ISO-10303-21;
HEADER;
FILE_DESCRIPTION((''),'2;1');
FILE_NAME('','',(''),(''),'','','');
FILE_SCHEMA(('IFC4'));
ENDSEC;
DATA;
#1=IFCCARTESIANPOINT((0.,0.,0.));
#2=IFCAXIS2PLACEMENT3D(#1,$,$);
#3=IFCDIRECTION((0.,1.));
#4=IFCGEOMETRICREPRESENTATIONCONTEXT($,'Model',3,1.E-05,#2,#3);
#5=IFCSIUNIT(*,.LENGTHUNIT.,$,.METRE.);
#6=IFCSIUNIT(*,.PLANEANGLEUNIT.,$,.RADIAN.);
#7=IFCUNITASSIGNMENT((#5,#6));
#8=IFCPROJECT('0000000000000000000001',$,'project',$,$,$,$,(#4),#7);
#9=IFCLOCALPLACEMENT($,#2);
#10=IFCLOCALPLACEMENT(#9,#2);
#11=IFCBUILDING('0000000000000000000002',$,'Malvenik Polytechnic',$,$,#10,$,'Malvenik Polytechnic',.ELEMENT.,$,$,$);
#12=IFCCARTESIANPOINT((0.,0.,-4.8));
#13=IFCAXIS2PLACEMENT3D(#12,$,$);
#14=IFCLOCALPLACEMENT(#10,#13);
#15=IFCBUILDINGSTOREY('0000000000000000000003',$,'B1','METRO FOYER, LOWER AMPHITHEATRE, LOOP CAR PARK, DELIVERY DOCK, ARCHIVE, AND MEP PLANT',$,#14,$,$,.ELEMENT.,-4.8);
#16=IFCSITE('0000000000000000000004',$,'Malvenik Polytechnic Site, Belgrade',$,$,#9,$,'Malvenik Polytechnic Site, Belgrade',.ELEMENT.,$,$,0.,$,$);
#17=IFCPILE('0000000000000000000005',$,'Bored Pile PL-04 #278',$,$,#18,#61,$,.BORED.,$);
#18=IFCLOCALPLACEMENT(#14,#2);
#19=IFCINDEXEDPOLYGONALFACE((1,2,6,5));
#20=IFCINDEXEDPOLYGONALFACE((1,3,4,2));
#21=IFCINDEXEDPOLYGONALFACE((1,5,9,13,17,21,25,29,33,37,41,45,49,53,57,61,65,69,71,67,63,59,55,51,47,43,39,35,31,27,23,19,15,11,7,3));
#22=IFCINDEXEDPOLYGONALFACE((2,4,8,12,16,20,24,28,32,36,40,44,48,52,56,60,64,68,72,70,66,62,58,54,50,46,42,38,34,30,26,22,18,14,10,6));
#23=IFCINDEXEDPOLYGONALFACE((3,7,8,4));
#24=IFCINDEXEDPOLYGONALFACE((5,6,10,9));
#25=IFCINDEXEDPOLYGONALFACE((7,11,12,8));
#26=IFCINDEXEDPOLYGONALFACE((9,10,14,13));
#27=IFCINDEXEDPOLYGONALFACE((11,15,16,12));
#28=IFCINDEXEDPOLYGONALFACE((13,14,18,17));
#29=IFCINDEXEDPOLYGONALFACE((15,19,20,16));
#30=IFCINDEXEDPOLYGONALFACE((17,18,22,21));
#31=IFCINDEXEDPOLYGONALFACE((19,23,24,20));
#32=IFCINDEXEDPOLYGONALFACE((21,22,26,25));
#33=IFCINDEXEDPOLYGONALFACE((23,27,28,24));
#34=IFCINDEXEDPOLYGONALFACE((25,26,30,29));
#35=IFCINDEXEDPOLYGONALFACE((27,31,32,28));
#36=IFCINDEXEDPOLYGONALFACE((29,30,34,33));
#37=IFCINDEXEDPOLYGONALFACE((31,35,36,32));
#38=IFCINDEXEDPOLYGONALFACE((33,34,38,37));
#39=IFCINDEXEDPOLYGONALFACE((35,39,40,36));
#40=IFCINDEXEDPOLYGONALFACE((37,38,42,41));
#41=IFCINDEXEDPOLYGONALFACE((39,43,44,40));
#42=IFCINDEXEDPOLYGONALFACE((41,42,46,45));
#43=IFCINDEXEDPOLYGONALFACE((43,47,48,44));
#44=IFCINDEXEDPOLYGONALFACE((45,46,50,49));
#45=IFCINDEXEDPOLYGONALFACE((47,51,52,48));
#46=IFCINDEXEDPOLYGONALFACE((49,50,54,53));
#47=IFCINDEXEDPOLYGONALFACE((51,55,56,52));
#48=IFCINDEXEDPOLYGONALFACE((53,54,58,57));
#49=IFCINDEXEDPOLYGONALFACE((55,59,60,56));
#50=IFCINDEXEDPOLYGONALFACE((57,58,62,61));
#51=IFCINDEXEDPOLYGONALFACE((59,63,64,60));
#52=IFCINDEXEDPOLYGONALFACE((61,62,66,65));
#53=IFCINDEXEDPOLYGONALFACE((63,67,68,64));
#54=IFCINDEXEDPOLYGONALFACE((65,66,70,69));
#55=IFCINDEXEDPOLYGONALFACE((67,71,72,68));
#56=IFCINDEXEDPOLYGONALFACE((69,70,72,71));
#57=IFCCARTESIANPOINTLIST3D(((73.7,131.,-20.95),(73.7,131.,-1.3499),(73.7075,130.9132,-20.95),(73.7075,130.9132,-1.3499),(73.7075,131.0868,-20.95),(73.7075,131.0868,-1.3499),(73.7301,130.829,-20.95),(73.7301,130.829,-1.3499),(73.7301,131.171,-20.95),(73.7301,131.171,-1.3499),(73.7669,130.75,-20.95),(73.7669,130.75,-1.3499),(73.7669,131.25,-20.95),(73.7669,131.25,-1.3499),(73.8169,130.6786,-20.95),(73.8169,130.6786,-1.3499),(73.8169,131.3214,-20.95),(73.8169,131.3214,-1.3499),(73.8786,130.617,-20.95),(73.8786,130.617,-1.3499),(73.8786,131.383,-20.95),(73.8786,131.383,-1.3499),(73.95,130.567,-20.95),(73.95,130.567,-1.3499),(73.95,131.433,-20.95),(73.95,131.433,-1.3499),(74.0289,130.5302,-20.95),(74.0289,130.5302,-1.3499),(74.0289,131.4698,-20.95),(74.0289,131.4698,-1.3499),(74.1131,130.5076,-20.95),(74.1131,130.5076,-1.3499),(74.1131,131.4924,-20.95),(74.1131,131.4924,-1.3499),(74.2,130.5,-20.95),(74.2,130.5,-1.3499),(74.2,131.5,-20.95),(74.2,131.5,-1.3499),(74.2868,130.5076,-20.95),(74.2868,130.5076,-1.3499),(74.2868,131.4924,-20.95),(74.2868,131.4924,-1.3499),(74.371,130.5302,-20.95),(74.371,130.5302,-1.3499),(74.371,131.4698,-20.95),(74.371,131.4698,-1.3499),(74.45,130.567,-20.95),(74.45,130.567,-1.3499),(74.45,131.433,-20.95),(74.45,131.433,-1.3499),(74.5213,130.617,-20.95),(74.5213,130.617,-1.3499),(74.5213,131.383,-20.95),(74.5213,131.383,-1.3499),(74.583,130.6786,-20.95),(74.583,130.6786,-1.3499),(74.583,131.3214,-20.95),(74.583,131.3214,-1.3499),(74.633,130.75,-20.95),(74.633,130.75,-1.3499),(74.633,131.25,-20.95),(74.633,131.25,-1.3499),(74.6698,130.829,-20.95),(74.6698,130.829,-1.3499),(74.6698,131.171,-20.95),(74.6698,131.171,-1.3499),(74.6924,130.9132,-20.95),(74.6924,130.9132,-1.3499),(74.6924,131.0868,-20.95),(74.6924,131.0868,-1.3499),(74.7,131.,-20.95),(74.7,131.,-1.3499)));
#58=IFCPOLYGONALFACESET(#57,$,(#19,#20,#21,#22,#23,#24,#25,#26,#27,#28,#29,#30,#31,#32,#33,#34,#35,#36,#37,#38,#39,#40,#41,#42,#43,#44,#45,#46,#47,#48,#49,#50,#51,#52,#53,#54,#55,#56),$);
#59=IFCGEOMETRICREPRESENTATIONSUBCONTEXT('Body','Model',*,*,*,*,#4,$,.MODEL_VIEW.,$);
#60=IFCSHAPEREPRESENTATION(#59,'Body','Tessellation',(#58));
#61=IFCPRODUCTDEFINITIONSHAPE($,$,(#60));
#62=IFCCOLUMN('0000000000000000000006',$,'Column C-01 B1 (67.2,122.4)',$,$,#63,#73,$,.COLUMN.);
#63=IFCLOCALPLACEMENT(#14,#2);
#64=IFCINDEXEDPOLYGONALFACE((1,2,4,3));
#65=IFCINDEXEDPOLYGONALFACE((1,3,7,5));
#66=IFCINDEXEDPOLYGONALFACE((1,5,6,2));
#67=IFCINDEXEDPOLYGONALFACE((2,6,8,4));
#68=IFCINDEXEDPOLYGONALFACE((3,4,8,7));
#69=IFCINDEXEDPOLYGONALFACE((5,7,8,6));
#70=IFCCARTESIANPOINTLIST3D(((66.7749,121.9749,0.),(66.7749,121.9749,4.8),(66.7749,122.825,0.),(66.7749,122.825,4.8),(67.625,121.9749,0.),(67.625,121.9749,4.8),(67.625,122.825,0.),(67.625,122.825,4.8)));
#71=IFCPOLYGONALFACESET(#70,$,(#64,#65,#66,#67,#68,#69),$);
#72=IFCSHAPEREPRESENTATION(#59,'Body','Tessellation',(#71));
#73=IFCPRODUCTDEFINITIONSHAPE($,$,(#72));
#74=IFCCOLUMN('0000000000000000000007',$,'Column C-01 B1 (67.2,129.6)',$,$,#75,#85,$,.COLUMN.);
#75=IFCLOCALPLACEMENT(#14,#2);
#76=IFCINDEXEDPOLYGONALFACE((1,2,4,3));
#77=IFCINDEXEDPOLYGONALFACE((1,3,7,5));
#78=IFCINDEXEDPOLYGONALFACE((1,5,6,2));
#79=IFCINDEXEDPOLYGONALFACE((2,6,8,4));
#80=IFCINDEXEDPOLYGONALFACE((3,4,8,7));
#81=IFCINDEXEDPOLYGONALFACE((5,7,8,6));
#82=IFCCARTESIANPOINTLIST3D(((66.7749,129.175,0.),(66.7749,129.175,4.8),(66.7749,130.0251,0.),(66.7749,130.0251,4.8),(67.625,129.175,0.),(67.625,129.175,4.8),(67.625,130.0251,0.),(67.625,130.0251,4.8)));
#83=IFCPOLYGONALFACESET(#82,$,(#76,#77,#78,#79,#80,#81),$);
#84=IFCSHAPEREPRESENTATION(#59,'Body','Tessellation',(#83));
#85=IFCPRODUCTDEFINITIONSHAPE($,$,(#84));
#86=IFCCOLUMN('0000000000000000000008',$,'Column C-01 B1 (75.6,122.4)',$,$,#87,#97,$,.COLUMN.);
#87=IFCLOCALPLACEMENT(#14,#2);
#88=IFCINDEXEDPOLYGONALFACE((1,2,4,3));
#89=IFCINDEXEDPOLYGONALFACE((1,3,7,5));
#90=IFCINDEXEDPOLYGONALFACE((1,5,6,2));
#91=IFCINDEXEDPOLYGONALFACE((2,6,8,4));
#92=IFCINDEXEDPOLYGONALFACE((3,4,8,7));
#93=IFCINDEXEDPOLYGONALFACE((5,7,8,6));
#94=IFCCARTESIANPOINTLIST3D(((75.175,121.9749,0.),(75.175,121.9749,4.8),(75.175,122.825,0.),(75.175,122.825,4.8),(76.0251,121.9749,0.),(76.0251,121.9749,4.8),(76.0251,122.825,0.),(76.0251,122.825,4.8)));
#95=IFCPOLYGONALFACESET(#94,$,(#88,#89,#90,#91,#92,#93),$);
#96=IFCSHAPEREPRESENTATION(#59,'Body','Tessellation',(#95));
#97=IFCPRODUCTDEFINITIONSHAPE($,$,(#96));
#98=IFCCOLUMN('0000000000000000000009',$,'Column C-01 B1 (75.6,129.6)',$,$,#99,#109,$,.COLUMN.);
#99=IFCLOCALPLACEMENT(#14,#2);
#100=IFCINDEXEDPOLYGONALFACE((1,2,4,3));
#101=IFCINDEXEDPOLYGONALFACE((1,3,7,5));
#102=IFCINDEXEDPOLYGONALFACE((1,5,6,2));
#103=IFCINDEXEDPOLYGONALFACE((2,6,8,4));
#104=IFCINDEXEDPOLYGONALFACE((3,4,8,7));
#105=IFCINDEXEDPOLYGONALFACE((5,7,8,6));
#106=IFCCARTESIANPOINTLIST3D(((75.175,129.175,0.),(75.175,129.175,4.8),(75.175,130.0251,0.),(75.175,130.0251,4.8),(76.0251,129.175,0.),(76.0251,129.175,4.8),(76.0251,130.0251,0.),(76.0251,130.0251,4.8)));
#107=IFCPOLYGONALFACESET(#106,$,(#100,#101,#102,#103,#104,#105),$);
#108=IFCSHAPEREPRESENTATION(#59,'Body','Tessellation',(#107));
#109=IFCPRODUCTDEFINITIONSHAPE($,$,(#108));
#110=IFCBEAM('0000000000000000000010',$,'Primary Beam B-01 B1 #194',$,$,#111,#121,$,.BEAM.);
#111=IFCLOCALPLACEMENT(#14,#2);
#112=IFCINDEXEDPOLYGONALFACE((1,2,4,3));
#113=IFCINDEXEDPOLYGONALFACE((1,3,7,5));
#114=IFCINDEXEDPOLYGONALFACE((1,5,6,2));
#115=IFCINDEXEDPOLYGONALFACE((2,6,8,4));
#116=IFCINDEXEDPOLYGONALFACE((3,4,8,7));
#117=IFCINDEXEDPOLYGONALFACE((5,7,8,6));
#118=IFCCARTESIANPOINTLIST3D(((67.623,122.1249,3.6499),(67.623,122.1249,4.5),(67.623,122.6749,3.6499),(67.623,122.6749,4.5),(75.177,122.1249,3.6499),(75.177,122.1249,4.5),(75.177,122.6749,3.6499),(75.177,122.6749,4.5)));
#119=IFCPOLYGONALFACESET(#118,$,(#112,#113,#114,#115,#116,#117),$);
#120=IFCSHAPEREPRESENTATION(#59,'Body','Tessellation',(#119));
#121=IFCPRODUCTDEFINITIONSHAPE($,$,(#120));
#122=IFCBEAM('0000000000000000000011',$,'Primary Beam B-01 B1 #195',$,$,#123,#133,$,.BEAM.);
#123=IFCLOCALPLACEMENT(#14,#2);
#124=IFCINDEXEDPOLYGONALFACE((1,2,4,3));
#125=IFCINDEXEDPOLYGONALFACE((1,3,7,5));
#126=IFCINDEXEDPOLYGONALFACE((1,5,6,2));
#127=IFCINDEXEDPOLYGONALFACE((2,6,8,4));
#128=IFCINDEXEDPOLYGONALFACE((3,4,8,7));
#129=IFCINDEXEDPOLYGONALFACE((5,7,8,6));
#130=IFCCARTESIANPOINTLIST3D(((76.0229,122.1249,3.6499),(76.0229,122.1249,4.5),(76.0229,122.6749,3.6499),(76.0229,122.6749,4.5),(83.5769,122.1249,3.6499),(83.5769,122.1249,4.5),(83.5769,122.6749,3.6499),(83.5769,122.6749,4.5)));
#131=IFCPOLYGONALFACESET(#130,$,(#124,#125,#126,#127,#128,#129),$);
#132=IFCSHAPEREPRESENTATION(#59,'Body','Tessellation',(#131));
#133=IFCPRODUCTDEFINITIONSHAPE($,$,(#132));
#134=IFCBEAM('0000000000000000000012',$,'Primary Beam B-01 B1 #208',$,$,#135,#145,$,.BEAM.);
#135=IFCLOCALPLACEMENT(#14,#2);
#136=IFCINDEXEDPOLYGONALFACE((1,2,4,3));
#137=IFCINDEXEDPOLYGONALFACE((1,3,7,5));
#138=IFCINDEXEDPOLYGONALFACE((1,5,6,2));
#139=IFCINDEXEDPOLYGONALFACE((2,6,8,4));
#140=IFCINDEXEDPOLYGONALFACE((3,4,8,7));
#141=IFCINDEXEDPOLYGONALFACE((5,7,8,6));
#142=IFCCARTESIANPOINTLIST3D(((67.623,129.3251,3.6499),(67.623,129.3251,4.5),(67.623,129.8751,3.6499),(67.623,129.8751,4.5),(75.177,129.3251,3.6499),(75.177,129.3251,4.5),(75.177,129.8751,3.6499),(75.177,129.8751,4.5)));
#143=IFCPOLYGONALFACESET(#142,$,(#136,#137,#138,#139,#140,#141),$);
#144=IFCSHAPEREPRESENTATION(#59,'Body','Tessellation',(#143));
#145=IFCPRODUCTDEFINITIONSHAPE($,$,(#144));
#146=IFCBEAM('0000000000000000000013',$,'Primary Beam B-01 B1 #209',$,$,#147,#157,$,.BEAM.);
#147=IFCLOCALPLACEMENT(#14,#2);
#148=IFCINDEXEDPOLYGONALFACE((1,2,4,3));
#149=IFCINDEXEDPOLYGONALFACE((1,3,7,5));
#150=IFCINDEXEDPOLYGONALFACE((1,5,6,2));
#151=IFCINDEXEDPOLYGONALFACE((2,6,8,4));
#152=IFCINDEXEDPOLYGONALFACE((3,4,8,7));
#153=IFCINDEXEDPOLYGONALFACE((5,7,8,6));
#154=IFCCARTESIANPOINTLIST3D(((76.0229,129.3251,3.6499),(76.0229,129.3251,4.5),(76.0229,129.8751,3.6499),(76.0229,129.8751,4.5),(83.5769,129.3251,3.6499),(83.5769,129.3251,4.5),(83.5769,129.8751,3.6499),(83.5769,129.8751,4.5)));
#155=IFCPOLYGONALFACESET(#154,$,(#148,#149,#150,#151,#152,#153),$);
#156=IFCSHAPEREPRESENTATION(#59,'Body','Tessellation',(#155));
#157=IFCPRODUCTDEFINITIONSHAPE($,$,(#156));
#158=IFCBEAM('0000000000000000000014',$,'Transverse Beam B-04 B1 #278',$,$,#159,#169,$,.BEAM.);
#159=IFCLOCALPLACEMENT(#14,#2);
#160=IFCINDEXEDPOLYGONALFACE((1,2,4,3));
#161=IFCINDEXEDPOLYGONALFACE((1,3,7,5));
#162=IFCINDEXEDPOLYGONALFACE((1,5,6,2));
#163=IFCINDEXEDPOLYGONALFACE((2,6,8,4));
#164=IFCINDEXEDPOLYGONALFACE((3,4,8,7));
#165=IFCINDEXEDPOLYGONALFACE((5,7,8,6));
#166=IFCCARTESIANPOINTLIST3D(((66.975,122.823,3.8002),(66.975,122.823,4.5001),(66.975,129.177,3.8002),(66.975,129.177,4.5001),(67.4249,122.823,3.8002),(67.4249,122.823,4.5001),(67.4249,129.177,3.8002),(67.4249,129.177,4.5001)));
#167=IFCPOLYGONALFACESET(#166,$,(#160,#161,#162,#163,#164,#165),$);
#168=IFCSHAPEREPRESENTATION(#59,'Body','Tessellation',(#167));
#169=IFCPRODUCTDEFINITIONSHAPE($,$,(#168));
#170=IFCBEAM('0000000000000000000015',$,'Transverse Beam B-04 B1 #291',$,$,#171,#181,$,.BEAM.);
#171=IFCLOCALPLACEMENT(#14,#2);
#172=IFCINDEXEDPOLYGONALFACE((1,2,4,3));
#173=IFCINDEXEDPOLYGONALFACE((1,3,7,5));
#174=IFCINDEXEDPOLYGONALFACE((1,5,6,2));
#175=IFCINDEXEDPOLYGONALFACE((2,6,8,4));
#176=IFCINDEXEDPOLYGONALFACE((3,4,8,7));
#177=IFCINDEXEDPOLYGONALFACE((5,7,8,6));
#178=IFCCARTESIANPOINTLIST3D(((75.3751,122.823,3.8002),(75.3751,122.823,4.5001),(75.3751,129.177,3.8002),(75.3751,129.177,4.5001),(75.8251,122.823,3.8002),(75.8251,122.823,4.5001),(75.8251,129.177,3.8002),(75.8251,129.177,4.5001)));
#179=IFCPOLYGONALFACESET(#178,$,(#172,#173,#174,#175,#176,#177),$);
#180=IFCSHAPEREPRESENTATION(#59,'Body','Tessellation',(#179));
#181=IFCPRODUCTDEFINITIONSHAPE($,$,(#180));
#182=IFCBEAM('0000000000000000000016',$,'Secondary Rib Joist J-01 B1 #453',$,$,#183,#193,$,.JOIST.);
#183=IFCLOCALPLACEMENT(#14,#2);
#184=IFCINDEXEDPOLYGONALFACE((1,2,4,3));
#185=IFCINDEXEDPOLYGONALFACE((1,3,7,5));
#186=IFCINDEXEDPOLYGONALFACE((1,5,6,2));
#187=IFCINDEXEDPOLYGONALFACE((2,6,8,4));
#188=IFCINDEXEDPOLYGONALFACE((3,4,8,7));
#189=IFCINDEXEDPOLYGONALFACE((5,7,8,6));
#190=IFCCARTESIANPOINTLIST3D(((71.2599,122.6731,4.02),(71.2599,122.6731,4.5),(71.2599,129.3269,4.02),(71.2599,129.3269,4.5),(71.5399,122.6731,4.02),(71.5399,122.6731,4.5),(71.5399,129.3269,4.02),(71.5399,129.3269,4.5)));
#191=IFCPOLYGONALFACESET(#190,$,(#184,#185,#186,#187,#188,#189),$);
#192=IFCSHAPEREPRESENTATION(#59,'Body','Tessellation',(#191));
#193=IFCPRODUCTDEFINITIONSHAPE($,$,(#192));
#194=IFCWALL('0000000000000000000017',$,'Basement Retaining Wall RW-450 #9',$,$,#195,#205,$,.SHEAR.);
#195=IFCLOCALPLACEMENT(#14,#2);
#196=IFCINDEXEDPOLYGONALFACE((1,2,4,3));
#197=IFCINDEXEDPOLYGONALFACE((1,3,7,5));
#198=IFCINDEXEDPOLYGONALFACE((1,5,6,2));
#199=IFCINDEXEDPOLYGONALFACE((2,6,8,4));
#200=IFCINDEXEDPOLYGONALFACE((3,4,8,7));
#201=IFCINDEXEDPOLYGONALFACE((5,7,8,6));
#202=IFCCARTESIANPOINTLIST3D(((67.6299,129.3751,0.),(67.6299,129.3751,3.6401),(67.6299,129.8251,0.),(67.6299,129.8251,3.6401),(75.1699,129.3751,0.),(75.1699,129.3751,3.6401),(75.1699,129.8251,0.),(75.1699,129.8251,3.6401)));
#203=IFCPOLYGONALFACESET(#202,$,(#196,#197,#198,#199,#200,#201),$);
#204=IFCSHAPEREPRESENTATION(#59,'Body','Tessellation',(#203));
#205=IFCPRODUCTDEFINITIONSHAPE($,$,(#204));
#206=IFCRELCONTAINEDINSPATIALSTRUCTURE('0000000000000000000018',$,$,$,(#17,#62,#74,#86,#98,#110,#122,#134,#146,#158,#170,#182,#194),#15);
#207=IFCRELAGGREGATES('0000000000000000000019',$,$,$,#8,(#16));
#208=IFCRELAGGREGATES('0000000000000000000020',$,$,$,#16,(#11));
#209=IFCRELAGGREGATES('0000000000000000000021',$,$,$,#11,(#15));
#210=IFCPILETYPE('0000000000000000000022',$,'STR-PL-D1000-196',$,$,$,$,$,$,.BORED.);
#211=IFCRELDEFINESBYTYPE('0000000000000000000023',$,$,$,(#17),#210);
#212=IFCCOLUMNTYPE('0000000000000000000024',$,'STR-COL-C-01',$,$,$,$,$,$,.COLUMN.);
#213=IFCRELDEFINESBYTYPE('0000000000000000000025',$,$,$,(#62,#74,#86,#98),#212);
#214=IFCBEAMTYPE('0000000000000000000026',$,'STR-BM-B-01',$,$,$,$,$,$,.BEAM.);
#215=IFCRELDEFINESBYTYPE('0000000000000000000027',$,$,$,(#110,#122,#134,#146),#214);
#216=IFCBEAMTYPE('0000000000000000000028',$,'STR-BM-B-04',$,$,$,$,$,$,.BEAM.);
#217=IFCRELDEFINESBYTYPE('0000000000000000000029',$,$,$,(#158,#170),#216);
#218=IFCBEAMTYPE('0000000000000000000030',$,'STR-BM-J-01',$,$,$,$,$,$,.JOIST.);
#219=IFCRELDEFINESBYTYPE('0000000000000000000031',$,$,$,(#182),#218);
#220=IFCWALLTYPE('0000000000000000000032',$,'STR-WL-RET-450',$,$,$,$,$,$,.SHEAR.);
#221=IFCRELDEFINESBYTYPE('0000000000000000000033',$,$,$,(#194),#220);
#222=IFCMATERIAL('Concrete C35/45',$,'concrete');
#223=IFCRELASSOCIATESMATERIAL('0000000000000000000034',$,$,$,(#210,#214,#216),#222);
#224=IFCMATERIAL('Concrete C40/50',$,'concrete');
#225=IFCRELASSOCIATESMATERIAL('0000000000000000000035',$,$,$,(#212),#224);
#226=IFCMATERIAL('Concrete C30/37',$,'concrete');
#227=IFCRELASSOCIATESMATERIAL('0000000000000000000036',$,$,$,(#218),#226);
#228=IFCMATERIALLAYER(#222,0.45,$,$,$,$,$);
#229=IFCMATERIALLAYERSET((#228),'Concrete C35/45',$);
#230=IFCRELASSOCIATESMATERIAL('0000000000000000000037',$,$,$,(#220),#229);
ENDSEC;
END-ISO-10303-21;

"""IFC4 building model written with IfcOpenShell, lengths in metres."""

from ifc_helpers import new_model, si_unit, direction, frame, frame_2d, origin, origin_2d, place, context, subcontext, project, spatial, rectangle, circle, extrude, material, layer, layer_set, material_profile, profile_set, type_object, element, save


model = new_model("IFC4")

# Units and contexts
model_context = context("Model", 3, precision=1e-05, world=origin(), true_north=direction((0.0, 1.0)))
body_context = subcontext(model_context, "Body", "Model", "MODEL_VIEW")
ifc_project = project(units=[si_unit("LENGTHUNIT", "METRE"), si_unit("PLANEANGLEUNIT", "RADIAN")], contexts=[model_context])

# Site, building, storey
site_placement = place(None, origin())
site = spatial("IfcSite", under=ifc_project, at=site_placement, Name="Malvenik Polytechnic Site, Belgrade", LongName="Malvenik Polytechnic Site, Belgrade", CompositionType="ELEMENT", RefElevation=0.0)
building_placement = place(site_placement, origin())
building = spatial("IfcBuilding", under=site, at=building_placement, Name="Malvenik Polytechnic", LongName="Malvenik Polytechnic", CompositionType="ELEMENT")
storey_placement = place(building_placement, frame((0.0, 0.0, -4.8)))
storey = spatial("IfcBuildingStorey", under=building, at=storey_placement, Name="B1", Description="METRO FOYER, LOWER AMPHITHEATRE, LOOP CAR PARK, DELIVERY DOCK, ARCHIVE, AND MEP PLANT", CompositionType="ELEMENT", Elevation=-4.8)

# Shared definitions
ifc_material_1 = material(Name="Concrete C35/45", Category="concrete")

# Pile
ifc_material_profile_1 = material_profile(ifc_material_1, circle(Radius=0.5, at=origin_2d()), Name="BORED PILE D1000")
ifc_profile_set_1 = profile_set([ifc_material_profile_1], Name="Concrete C35/45")
pile_type = type_object("IfcPileType", Name="STR-PL-D1000-196", PredefinedType="BORED", material=ifc_profile_set_1)
for number, where, z_axis, x_axis, name in (
    (1, (74.2, 131.0, -1.3499), (0.0, 0.0, -1.0), (1.0, 0.0, 0.0), "Bored Pile PL-04 #278"),
):
    element("IfcPile", number, at=place(storey_placement, frame(where, z_axis=z_axis, x_axis=x_axis)), inside=storey, type_object=pile_type, Name=name, PredefinedType="BORED", context=body_context, shape_type="SweptSolid", body=[
        extrude(circle(Radius=0.5, at=origin_2d()), origin(), (0.0, 0.0, 1.0), 19.6001),
    ])

# Columns
ifc_material_2 = material(Name="Concrete C40/50", Category="concrete")
ifc_material_profile_2 = material_profile(ifc_material_2, rectangle(XDim=0.8501, YDim=0.8501, at=origin_2d()), Name="RC COL 850x850")
ifc_profile_set_2 = profile_set([ifc_material_profile_2], Name="Concrete C40/50")
column_type = type_object("IfcColumnType", Name="STR-COL-C-01", PredefinedType="COLUMN", material=ifc_profile_set_2)
for number, where, z_axis, x_axis, name in (
    (2, (67.2, 122.3999, 0.0), (0.0, 0.0, 1.0), (1.0, 0.0, 0.0), "Column C-01 B1 (67.2,122.4)"),
    (3, (67.2, 129.6001, 0.0), (0.0, 0.0, 1.0), (1.0, 0.0, 0.0), "Column C-01 B1 (67.2,129.6)"),
    (4, (75.6001, 122.3999, 0.0), (0.0, 0.0, 1.0), (1.0, 0.0, 0.0), "Column C-01 B1 (75.6,122.4)"),
    (5, (75.6001, 129.6001, 0.0), (0.0, 0.0, 1.0), (1.0, 0.0, 0.0), "Column C-01 B1 (75.6,129.6)"),
):
    element("IfcColumn", number, at=place(storey_placement, frame(where, z_axis=z_axis, x_axis=x_axis)), inside=storey, type_object=column_type, Name=name, PredefinedType="COLUMN", context=body_context, shape_type="SweptSolid", body=[
        extrude(rectangle(XDim=0.8501, YDim=0.8501, at=origin_2d()), origin(), (0.0, 0.0, 1.0), 4.8),
    ])

# Beams
ifc_material_profile_3 = material_profile(ifc_material_1, rectangle(XDim=0.55, YDim=0.8501, at=origin_2d()), Name="RC BM 550x850")
ifc_profile_set_3 = profile_set([ifc_material_profile_3], Name="Concrete C35/45")
beam_type_1 = type_object("IfcBeamType", Name="STR-BM-B-01", PredefinedType="BEAM", material=ifc_profile_set_3)
for number, where, z_axis, x_axis, name in (
    (6, (67.623, 122.3999, 4.075), (1.0, 0.0, 0.0), (0.0, 1.0, 0.0), "Primary Beam B-01 B1 #194"),
    (7, (76.0229, 122.3999, 4.075), (1.0, 0.0, 0.0), (0.0, 1.0, 0.0), "Primary Beam B-01 B1 #195"),
    (8, (67.623, 129.6001, 4.075), (1.0, 0.0, 0.0), (0.0, 1.0, 0.0), "Primary Beam B-01 B1 #208"),
    (9, (76.0229, 129.6001, 4.075), (1.0, 0.0, 0.0), (0.0, 1.0, 0.0), "Primary Beam B-01 B1 #209"),
):
    element("IfcBeam", number, at=place(storey_placement, frame(where, z_axis=z_axis, x_axis=x_axis)), inside=storey, type_object=beam_type_1, Name=name, PredefinedType="BEAM", context=body_context, shape_type="SweptSolid", body=[
        extrude(rectangle(XDim=0.55, YDim=0.8501, at=origin_2d()), origin(), (0.0, 0.0, 1.0), 7.554),
    ])
ifc_material_profile_4 = material_profile(ifc_material_1, rectangle(XDim=0.45, YDim=0.7, at=origin_2d()), Name="RC BM 450x700")
ifc_profile_set_4 = profile_set([ifc_material_profile_4], Name="Concrete C35/45")
beam_type_2 = type_object("IfcBeamType", Name="STR-BM-B-04", PredefinedType="BEAM", material=ifc_profile_set_4)
for number, where, z_axis, x_axis, name in (
    (10, (67.2, 122.823, 4.1501), (0.0, 1.0, 0.0), (-1.0, 0.0, 0.0), "Transverse Beam B-04 B1 #278"),
    (11, (75.6001, 122.823, 4.1501), (0.0, 1.0, 0.0), (-1.0, 0.0, 0.0), "Transverse Beam B-04 B1 #291"),
):
    element("IfcBeam", number, at=place(storey_placement, frame(where, z_axis=z_axis, x_axis=x_axis)), inside=storey, type_object=beam_type_2, Name=name, PredefinedType="BEAM", context=body_context, shape_type="SweptSolid", body=[
        extrude(rectangle(XDim=0.45, YDim=0.7, at=origin_2d()), origin(), (0.0, 0.0, 1.0), 6.354),
    ])
ifc_material_3 = material(Name="Concrete C30/37", Category="concrete")
ifc_material_profile_5 = material_profile(ifc_material_3, rectangle(XDim=0.28, YDim=0.48, at=origin_2d()), Name="RC JST 280x480")
ifc_profile_set_5 = profile_set([ifc_material_profile_5], Name="Concrete C30/37")
beam_type_3 = type_object("IfcBeamType", Name="STR-BM-J-01", PredefinedType="JOIST", material=ifc_profile_set_5)
beam_placement = place(storey_placement, frame((71.3999, 122.6731, 4.26), z_axis=(0.0, 1.0, 0.0), x_axis=(-1.0, 0.0, 0.0)))
element("IfcBeam", 12, at=beam_placement, inside=storey, type_object=beam_type_3, Name="Secondary Rib Joist J-01 B1 #453", PredefinedType="JOIST", context=body_context, shape_type="SweptSolid", body=[
    extrude(rectangle(XDim=0.28, YDim=0.48, at=origin_2d()), origin(), (0.0, 0.0, 1.0), 6.6538),
])

# Wall
ifc_layer = layer(ifc_material_1, 0.45)
ifc_layer_set = layer_set([ifc_layer], Name="Concrete C35/45")
wall_type = type_object("IfcWallType", Name="STR-WL-RET-450", PredefinedType="SHEAR", material=ifc_layer_set)
wall_placement = place(storey_placement, frame((67.6299, 129.6001, 0.0), z_axis=(0.0, 0.0, 1.0), x_axis=(1.0, 0.0, 0.0)))
element("IfcWall", 13, at=wall_placement, inside=storey, type_object=wall_type, Name="Basement Retaining Wall RW-450 #9", PredefinedType="SHEAR", context=body_context, shape_type="SweptSolid", body=[
    extrude(rectangle(XDim=7.54, YDim=0.45, at=frame_2d((3.77, 0.0))), origin(), (0.0, 0.0, 1.0), 3.6401),
])

save(model, "model.ifc")
